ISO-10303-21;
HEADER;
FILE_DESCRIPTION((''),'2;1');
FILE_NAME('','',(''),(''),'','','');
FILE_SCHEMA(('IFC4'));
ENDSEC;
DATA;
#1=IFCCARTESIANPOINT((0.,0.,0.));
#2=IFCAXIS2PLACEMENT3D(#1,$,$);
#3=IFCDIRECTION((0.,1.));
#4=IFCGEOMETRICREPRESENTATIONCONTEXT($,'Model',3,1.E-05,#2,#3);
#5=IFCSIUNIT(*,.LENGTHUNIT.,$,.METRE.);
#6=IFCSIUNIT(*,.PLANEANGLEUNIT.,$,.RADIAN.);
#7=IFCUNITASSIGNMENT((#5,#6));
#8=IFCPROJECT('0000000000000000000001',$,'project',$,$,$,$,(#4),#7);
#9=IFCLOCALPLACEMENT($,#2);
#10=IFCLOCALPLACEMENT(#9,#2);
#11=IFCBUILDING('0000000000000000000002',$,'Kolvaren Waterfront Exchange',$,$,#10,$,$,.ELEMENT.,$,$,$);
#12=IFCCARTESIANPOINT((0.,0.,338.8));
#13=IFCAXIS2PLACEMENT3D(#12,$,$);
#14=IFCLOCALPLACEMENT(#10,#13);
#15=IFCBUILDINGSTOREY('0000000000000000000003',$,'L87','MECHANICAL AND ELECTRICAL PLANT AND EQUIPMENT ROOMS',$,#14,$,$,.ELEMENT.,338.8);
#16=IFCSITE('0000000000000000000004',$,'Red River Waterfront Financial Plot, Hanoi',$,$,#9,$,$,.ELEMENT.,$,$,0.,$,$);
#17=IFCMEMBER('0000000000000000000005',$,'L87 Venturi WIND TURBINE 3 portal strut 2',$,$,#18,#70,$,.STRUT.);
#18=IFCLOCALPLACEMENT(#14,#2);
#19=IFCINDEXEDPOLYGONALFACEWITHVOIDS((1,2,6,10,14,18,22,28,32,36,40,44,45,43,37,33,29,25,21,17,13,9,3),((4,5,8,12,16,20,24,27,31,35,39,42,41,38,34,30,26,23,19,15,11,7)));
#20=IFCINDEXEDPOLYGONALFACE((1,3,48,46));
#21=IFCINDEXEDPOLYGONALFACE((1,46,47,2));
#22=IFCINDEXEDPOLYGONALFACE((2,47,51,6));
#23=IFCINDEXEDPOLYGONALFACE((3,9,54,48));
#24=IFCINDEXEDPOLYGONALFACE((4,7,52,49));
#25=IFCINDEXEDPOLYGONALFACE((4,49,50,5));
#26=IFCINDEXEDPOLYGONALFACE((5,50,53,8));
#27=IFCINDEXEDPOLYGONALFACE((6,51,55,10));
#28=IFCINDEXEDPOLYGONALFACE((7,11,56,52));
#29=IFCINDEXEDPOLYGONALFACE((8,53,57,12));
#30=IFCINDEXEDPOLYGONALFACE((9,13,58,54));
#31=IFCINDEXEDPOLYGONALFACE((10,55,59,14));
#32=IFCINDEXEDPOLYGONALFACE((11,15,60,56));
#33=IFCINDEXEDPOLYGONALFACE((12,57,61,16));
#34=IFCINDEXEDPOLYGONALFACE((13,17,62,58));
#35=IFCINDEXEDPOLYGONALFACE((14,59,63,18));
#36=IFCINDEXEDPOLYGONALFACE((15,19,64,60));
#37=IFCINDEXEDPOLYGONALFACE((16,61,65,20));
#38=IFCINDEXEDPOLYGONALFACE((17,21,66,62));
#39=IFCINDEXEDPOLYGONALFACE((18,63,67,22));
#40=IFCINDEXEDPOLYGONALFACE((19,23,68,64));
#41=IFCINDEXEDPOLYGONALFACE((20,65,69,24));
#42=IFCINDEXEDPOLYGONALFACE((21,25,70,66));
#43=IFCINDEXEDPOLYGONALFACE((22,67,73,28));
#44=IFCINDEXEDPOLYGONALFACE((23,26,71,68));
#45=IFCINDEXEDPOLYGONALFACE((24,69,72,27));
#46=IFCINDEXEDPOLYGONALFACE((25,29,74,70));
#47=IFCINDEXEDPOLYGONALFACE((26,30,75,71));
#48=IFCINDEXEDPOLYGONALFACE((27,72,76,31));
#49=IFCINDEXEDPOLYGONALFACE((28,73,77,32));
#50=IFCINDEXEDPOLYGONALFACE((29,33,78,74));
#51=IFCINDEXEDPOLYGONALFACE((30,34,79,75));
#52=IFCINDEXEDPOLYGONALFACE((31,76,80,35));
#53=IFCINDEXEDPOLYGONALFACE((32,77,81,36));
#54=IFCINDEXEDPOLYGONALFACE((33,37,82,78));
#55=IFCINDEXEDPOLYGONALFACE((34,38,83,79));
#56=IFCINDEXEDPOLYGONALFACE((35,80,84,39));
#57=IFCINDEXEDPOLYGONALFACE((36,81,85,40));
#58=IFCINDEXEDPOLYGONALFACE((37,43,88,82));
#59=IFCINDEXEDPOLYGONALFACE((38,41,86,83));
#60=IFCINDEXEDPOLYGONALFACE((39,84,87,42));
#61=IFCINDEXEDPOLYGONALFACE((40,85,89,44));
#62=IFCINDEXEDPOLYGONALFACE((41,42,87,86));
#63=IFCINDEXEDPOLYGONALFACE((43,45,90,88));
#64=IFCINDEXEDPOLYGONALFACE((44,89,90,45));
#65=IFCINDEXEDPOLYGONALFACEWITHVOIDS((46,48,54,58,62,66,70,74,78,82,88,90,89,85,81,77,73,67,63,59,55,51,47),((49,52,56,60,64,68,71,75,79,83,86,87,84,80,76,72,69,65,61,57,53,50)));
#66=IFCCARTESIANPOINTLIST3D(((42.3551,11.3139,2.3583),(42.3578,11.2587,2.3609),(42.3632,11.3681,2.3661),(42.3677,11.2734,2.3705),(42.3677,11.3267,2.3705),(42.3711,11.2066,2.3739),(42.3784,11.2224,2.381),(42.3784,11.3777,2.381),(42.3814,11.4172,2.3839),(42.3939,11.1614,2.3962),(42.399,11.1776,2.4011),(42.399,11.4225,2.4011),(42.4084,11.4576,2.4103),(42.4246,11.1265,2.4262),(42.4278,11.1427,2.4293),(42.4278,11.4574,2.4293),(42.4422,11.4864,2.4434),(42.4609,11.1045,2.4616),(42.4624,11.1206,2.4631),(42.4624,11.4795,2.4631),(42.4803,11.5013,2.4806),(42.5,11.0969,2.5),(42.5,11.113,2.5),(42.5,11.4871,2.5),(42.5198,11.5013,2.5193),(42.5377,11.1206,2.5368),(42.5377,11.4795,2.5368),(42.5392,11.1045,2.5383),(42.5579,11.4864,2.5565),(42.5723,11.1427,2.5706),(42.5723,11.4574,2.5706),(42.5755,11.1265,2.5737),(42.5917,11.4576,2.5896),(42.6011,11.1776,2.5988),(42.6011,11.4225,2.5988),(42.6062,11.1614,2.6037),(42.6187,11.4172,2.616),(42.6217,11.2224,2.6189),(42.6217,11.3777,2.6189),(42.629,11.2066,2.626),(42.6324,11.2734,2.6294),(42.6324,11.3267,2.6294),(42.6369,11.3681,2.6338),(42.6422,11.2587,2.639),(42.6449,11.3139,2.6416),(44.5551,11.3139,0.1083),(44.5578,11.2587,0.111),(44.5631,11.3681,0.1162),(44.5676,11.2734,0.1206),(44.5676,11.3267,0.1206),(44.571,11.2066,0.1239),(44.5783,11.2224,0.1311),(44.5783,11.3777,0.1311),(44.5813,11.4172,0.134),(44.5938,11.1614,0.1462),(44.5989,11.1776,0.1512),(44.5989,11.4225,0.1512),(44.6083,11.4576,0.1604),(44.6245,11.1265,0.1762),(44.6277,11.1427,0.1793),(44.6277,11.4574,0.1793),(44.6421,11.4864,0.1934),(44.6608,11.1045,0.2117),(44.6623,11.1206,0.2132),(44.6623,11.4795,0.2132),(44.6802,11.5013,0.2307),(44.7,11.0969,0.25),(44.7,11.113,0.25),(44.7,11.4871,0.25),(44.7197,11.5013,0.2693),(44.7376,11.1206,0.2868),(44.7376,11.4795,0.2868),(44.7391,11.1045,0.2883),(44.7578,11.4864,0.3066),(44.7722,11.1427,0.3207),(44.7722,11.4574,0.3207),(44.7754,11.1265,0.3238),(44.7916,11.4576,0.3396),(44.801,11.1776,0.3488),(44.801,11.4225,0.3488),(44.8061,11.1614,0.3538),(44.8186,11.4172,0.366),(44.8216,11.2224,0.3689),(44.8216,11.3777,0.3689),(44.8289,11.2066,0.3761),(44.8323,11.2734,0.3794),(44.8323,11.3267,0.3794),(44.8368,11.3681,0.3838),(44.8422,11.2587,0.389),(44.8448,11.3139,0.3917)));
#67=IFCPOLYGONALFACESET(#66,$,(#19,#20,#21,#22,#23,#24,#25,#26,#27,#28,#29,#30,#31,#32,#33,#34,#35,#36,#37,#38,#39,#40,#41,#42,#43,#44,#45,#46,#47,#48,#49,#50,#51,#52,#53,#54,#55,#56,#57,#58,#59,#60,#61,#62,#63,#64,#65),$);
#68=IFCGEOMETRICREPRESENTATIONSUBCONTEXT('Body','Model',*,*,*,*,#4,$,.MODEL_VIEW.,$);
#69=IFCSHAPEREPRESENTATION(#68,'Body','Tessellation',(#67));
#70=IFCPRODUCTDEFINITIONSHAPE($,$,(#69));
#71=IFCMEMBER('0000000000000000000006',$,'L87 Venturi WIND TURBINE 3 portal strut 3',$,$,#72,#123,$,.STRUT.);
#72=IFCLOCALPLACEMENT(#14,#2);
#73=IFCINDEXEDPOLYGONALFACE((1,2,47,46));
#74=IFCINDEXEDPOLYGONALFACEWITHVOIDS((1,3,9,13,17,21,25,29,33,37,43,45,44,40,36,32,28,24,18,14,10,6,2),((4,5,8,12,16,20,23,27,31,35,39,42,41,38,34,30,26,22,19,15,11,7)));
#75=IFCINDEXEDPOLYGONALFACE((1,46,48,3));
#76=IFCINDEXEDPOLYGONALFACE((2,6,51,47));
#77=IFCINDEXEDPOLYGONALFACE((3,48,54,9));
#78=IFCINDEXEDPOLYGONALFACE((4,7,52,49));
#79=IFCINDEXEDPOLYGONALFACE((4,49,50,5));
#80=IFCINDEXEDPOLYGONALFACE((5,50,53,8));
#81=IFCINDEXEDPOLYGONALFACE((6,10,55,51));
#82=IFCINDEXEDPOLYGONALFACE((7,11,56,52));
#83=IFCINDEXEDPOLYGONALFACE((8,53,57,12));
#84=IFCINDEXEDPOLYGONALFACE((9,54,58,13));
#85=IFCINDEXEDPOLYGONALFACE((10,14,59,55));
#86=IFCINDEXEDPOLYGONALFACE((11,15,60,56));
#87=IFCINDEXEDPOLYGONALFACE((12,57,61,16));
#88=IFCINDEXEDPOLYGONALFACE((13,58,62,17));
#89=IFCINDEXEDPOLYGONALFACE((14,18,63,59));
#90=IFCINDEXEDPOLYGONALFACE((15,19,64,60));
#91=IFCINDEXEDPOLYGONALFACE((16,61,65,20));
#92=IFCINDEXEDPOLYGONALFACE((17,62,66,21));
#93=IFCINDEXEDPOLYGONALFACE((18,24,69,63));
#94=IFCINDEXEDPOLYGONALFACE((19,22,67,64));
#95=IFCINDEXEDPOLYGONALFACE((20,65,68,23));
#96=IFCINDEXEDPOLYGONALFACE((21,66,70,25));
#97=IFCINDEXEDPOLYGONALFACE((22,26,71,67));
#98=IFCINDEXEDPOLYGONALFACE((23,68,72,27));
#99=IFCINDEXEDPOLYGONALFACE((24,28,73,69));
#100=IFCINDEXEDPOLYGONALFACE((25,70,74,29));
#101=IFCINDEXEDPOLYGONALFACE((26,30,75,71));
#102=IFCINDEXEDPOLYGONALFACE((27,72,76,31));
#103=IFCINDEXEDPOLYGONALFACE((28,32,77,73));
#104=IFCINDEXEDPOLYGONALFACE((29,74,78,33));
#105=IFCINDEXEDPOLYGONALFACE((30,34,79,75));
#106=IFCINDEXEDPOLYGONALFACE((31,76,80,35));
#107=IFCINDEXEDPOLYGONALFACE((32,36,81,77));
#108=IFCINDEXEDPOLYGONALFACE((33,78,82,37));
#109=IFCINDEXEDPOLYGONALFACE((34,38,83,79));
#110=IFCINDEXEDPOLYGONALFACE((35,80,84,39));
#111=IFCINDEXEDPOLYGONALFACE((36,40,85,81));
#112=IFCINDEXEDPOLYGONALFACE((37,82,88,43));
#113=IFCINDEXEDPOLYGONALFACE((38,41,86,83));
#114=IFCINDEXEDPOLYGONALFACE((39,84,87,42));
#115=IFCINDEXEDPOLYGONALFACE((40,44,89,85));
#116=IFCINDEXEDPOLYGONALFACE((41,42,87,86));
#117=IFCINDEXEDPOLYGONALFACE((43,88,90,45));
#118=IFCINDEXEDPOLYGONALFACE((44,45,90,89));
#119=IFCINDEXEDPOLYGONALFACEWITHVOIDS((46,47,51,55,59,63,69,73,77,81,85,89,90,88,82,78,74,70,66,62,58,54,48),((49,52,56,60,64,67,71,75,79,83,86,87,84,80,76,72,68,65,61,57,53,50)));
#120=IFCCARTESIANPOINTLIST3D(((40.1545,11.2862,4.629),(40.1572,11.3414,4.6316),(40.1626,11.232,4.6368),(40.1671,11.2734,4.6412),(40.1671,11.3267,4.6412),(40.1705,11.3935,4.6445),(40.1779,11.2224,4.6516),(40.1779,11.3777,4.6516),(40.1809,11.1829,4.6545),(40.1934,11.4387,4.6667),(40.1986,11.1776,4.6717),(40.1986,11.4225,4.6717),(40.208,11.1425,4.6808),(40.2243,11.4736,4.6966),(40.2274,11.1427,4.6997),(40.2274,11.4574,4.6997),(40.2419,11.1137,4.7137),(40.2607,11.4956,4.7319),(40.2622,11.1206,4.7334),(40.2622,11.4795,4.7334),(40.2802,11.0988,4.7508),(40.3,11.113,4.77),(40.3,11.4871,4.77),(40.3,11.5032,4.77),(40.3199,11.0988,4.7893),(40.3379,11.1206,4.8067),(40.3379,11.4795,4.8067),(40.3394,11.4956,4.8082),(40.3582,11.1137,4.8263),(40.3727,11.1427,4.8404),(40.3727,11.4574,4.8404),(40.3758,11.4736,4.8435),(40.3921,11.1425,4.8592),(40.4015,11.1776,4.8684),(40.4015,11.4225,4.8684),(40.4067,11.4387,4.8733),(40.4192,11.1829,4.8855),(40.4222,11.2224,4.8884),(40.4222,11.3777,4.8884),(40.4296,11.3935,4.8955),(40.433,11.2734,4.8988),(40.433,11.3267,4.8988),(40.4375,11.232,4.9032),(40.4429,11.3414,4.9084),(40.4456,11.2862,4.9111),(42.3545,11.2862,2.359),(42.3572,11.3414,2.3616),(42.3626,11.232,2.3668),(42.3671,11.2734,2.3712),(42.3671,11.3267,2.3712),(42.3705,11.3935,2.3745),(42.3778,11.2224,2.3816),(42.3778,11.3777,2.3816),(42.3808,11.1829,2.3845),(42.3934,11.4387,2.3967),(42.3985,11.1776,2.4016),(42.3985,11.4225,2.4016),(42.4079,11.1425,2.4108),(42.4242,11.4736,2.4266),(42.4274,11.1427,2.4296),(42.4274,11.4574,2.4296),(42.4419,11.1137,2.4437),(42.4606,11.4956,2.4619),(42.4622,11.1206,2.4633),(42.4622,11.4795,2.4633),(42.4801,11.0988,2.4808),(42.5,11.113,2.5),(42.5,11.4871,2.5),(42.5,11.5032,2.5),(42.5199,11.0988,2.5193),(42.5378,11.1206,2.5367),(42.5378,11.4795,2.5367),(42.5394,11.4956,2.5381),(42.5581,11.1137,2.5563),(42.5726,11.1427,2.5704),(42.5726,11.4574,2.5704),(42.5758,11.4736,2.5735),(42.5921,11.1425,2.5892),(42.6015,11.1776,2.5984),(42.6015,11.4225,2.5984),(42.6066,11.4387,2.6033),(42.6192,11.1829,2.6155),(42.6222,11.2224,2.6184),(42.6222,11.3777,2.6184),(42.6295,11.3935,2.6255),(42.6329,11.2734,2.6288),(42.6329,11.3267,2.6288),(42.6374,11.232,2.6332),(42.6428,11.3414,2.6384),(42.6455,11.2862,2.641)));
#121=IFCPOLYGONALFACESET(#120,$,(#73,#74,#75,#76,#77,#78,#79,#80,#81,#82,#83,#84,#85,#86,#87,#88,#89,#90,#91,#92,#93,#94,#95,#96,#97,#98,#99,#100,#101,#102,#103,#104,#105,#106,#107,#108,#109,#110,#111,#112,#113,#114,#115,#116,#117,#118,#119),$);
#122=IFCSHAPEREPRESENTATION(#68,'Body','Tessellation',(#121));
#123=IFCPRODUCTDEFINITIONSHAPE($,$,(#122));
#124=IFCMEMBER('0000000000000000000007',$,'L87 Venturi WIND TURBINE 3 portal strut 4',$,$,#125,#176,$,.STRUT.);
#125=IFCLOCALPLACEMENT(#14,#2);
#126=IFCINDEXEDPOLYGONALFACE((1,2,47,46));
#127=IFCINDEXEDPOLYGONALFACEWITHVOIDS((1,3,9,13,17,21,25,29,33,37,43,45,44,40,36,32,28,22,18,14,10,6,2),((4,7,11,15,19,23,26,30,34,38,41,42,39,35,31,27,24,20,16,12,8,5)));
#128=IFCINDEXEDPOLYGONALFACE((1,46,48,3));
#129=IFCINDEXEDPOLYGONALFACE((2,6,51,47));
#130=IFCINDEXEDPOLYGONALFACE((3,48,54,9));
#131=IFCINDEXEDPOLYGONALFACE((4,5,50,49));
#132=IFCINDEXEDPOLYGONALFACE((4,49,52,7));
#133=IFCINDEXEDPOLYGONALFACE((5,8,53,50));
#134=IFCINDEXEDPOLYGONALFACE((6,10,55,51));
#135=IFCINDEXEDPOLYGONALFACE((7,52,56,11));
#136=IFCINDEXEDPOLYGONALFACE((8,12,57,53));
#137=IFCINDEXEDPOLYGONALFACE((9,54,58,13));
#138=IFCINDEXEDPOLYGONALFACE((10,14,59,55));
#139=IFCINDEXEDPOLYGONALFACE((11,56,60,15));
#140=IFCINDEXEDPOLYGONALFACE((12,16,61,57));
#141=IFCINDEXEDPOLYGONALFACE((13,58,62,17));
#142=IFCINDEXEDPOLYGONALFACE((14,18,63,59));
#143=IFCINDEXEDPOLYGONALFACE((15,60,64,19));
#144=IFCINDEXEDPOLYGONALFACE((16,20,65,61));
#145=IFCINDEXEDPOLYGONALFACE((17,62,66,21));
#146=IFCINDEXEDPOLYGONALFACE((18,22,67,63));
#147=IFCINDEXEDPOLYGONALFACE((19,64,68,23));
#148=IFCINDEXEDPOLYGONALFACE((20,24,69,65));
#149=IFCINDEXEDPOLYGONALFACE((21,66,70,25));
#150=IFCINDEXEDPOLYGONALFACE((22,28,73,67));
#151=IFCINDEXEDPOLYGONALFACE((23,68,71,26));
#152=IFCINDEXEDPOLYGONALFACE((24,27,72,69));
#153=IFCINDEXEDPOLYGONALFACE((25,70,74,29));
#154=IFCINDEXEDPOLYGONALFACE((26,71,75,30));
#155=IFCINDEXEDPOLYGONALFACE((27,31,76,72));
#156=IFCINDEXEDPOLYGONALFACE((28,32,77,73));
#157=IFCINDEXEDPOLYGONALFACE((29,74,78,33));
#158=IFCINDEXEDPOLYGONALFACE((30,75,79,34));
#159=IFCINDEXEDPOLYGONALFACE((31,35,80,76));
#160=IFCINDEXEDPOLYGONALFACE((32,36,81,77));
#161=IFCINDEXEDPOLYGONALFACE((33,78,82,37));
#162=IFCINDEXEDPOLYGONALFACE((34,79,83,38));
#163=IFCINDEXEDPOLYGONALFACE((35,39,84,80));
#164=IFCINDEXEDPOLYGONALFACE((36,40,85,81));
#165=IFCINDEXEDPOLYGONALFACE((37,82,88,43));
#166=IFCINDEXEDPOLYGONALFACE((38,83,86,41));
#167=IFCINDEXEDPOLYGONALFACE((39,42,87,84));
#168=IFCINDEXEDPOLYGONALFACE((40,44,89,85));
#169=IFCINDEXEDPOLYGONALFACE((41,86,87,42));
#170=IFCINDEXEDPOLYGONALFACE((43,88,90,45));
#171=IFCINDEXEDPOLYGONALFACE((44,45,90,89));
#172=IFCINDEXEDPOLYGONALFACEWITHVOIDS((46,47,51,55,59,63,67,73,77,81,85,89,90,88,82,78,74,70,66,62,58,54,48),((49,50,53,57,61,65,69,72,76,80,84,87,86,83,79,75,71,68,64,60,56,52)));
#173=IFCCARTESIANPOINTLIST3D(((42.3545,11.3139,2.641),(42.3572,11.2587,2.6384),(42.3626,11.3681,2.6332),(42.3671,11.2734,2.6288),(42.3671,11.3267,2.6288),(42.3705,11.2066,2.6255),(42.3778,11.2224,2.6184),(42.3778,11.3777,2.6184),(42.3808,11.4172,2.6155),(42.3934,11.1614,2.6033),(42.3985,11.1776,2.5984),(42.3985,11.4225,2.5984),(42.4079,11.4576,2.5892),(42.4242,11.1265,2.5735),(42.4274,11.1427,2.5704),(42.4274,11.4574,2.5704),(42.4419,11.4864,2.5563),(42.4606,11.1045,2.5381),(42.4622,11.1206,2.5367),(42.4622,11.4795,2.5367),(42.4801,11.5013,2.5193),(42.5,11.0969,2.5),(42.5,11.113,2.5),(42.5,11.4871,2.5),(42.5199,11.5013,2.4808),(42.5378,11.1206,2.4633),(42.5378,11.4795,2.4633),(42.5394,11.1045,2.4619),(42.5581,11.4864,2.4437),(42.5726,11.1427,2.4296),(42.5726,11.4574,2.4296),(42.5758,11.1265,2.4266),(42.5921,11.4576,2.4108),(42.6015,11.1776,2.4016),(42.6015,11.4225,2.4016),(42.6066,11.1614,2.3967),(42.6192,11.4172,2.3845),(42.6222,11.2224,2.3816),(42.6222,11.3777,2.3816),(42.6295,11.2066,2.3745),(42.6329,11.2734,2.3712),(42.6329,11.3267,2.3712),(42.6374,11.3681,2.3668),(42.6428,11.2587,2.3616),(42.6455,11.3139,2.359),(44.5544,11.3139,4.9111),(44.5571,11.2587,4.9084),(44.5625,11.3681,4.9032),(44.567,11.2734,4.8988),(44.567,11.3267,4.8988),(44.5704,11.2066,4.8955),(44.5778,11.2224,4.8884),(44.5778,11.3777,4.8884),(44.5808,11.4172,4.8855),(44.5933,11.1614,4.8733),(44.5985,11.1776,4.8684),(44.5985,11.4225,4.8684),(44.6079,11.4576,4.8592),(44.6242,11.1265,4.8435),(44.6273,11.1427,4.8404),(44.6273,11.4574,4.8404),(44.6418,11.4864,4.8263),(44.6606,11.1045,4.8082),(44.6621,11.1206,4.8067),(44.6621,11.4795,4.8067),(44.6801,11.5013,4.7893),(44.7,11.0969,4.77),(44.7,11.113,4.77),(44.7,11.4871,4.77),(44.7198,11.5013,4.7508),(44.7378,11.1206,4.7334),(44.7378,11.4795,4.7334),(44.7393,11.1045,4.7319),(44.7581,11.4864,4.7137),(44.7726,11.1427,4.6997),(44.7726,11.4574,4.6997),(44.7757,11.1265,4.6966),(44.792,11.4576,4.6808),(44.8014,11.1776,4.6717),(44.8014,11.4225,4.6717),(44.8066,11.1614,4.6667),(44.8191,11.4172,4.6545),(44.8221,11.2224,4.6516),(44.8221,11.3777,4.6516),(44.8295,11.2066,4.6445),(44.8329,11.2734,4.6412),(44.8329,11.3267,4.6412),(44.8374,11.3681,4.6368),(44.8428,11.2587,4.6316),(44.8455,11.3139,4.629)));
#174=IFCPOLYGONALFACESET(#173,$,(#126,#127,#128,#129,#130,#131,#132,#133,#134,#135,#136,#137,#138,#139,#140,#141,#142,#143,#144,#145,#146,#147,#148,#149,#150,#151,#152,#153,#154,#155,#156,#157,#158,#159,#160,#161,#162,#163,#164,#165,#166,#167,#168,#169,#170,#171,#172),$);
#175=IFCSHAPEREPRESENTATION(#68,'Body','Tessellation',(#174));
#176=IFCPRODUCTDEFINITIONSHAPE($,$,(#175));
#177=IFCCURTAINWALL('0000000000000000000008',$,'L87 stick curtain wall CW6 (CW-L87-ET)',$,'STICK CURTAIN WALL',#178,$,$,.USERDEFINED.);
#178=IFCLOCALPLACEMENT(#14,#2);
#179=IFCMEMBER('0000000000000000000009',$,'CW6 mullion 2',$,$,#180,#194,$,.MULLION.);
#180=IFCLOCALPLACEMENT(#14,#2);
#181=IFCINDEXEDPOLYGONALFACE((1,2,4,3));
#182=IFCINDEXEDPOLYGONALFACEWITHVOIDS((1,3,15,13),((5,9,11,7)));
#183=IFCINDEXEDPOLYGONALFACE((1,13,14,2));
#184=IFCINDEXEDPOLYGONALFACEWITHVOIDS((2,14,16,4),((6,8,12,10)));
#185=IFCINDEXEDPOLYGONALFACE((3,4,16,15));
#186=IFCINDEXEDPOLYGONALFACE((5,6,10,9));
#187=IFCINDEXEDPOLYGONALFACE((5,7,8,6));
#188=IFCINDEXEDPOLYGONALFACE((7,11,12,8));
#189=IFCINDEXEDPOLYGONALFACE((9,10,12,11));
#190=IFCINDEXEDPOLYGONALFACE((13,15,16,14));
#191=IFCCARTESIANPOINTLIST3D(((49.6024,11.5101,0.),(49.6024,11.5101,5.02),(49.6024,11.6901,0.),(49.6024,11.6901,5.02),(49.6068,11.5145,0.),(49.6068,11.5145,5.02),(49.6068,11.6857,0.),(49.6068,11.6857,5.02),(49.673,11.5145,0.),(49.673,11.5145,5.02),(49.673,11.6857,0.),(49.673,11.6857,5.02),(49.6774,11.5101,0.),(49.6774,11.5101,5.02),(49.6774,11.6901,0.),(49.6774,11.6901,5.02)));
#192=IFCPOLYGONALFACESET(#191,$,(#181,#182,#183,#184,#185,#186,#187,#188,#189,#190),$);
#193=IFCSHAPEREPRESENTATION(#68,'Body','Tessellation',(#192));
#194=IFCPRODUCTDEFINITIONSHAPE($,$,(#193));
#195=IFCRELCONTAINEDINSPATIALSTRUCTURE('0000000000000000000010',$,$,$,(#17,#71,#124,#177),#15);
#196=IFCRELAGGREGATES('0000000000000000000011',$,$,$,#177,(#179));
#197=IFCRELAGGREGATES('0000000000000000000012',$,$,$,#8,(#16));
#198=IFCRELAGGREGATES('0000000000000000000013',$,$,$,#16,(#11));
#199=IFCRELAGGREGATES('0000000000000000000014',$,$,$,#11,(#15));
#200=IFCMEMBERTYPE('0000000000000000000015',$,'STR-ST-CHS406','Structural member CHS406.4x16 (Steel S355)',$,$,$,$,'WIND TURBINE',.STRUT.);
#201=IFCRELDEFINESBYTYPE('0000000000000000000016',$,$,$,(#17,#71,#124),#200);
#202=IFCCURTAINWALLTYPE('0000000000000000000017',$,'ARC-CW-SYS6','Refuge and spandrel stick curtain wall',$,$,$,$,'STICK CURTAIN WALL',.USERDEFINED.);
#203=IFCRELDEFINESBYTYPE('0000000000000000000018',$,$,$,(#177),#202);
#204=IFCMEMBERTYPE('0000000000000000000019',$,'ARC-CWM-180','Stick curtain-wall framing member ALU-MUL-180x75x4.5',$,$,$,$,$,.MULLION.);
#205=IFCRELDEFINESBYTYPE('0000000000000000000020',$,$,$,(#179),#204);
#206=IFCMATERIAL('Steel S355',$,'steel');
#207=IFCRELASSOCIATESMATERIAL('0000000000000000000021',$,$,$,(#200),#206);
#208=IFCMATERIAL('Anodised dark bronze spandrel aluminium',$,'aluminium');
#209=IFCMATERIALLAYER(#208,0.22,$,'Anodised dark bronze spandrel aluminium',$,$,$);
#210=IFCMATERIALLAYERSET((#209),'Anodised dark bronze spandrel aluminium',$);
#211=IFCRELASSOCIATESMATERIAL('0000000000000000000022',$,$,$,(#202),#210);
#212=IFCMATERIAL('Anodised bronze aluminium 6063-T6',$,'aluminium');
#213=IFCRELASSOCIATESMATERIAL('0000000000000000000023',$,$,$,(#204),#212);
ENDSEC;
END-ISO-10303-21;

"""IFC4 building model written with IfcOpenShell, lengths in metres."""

from ifc_helpers import new_model, si_unit, direction, frame, origin, origin_with_axes, origin_2d, place, context, subcontext, project, spatial, hollow_rectangle, hollow_circle, extrude, source, transform, mapped, material, layer, layer_set, material_profile, profile_set, type_object, element, aggregate, save


model = new_model("IFC4")

# Units and contexts
model_context = context("Model", 3, precision=1e-05, world=origin(), true_north=direction((0.0, 1.0)))
body_context = subcontext(model_context, "Body", "Model", "MODEL_VIEW")
ifc_project = project(units=[si_unit("LENGTHUNIT", "METRE"), si_unit("PLANEANGLEUNIT", "RADIAN")], contexts=[model_context])

# Site, building, storey
site_placement = place(None, origin())
site = spatial("IfcSite", under=ifc_project, at=site_placement, Name="Red River Waterfront Financial Plot, Hanoi", CompositionType="ELEMENT", RefElevation=0.0)
building_placement = place(site_placement, origin())
building = spatial("IfcBuilding", under=site, at=building_placement, Name="Kolvaren Waterfront Exchange", CompositionType="ELEMENT")
storey_placement = place(building_placement, frame((0.0, 0.0, 338.8)))
storey = spatial("IfcBuildingStorey", under=building, at=storey_placement, Name="L87", Description="MECHANICAL AND ELECTRICAL PLANT AND EQUIPMENT ROOMS", CompositionType="ELEMENT", Elevation=338.8)

# Shared definitions
ifc_material_1 = material(Name="Steel S355", Category="steel")

# Members
ifc_material_profile_1 = material_profile(ifc_material_1, hollow_circle(Radius=0.2031, WallThickness=0.0161, at=origin_2d()), Name="CHS406.4x16")
ifc_profile_set_1 = profile_set([ifc_material_profile_1], Name="Steel S355")
member_type_1 = type_object("IfcMemberType", Name="STR-ST-CHS406", Description="Structural member CHS406.4x16 (Steel S355)", ElementType="WIND TURBINE", PredefinedType="STRUT", material=ifc_profile_set_1)
for number, where, z_axis, x_axis, name in (
    (1, (44.7, 11.3, 0.25), (-0.69911, 0.0, 0.715014), (0.0, -1.0, 0.0), "L87 Venturi WIND TURBINE 3 portal strut 2"),
):
    element("IfcMember", number, at=place(storey_placement, frame(where, z_axis=z_axis, x_axis=x_axis)), inside=storey, type_object=member_type_1, Name=name, PredefinedType="STRUT", context=body_context, shape_type="SweptSolid", body=[
        extrude(hollow_circle(Radius=0.2031, WallThickness=0.0161, at=origin_2d()), origin(), (0.0, 0.0, 1.0), 3.1467),
    ])
for number, where, z_axis, x_axis, name in (
    (2, (40.3, 11.3, 4.77), (0.695937, 0.0, -0.718103), (0.0, 1.0, 0.0), "L87 Venturi WIND TURBINE 3 portal strut 3"),
    (3, (44.7, 11.3, 4.77), (-0.695937, 0.0, -0.718103), (0.0, -1.0, 0.0), "L87 Venturi WIND TURBINE 3 portal strut 4"),
):
    element("IfcMember", number, at=place(storey_placement, frame(where, z_axis=z_axis, x_axis=x_axis)), inside=storey, type_object=member_type_1, Name=name, PredefinedType="STRUT", context=body_context, shape_type="SweptSolid", body=[
        extrude(hollow_circle(Radius=0.2031, WallThickness=0.0161, at=origin_2d()), origin(), (0.0, 0.0, 1.0), 3.1611),
    ])

# Curtain wall, member
ifc_material_2 = material(Name="Anodised dark bronze spandrel aluminium", Category="aluminium")
ifc_layer_1 = layer(ifc_material_2, 0.22, Name="Anodised dark bronze spandrel aluminium")
ifc_layer_set_1 = layer_set([ifc_layer_1], Name="Anodised dark bronze spandrel aluminium")
curtain_wall_type = type_object("IfcCurtainWallType", Name="ARC-CW-SYS6", Description="Refuge and spandrel stick curtain wall", ElementType="STICK CURTAIN WALL", PredefinedType="USERDEFINED", material=ifc_layer_set_1)
curtain_wall_placement = place(storey_placement, origin())
curtain_wall = element("IfcCurtainWall", 4, at=curtain_wall_placement, inside=storey, type_object=curtain_wall_type, Name="L87 stick curtain wall CW6 (CW-L87-ET)", ObjectType="STICK CURTAIN WALL", PredefinedType="USERDEFINED")
ifc_material_3 = material(Name="Anodised bronze aluminium 6063-T6", Category="aluminium")
ifc_material_profile_2 = material_profile(ifc_material_3, hollow_rectangle(XDim=0.075, YDim=0.1799, WallThickness=0.0044, at=origin_2d()), Name="ALU-MUL-180x75x4.5")
ifc_profile_set_2 = profile_set([ifc_material_profile_2], Name="Anodised bronze aluminium 6063-T6")
member_type_2 = type_object("IfcMemberType", Name="ARC-CWM-180", Description="Stick curtain-wall framing member ALU-MUL-180x75x4.5", PredefinedType="MULLION", material=ifc_profile_set_2)
shared_shape_1 = source(origin_with_axes(), body_context, "Body", "SweptSolid", [
    extrude(hollow_rectangle(XDim=0.075, YDim=0.1799, WallThickness=0.0044, at=origin_2d()), origin(), (0.0, 0.0, 1.0), 5.02),
])
member_1_placement = place(storey_placement, frame((49.6399, 11.6001, 0.0), z_axis=(0.0, 0.0, 1.0), x_axis=(-1.0, 0.0, 0.0)))
member_1 = element("IfcMember", 5, at=member_1_placement, type_object=member_type_2, Name="CW6 mullion 2", PredefinedType="MULLION", context=body_context, shape_type="MappedRepresentation", body=[
    mapped(shared_shape_1, transform((0.0, 0.0, 0.0), x_axis=(1.0, 0.0, 0.0), y_axis=(0.0, 1.0, 0.0), z_axis=(0.0, 0.0, 1.0), scale=1.0)),
])

aggregate(curtain_wall, [member_1])

save(model, "model.ifc")
